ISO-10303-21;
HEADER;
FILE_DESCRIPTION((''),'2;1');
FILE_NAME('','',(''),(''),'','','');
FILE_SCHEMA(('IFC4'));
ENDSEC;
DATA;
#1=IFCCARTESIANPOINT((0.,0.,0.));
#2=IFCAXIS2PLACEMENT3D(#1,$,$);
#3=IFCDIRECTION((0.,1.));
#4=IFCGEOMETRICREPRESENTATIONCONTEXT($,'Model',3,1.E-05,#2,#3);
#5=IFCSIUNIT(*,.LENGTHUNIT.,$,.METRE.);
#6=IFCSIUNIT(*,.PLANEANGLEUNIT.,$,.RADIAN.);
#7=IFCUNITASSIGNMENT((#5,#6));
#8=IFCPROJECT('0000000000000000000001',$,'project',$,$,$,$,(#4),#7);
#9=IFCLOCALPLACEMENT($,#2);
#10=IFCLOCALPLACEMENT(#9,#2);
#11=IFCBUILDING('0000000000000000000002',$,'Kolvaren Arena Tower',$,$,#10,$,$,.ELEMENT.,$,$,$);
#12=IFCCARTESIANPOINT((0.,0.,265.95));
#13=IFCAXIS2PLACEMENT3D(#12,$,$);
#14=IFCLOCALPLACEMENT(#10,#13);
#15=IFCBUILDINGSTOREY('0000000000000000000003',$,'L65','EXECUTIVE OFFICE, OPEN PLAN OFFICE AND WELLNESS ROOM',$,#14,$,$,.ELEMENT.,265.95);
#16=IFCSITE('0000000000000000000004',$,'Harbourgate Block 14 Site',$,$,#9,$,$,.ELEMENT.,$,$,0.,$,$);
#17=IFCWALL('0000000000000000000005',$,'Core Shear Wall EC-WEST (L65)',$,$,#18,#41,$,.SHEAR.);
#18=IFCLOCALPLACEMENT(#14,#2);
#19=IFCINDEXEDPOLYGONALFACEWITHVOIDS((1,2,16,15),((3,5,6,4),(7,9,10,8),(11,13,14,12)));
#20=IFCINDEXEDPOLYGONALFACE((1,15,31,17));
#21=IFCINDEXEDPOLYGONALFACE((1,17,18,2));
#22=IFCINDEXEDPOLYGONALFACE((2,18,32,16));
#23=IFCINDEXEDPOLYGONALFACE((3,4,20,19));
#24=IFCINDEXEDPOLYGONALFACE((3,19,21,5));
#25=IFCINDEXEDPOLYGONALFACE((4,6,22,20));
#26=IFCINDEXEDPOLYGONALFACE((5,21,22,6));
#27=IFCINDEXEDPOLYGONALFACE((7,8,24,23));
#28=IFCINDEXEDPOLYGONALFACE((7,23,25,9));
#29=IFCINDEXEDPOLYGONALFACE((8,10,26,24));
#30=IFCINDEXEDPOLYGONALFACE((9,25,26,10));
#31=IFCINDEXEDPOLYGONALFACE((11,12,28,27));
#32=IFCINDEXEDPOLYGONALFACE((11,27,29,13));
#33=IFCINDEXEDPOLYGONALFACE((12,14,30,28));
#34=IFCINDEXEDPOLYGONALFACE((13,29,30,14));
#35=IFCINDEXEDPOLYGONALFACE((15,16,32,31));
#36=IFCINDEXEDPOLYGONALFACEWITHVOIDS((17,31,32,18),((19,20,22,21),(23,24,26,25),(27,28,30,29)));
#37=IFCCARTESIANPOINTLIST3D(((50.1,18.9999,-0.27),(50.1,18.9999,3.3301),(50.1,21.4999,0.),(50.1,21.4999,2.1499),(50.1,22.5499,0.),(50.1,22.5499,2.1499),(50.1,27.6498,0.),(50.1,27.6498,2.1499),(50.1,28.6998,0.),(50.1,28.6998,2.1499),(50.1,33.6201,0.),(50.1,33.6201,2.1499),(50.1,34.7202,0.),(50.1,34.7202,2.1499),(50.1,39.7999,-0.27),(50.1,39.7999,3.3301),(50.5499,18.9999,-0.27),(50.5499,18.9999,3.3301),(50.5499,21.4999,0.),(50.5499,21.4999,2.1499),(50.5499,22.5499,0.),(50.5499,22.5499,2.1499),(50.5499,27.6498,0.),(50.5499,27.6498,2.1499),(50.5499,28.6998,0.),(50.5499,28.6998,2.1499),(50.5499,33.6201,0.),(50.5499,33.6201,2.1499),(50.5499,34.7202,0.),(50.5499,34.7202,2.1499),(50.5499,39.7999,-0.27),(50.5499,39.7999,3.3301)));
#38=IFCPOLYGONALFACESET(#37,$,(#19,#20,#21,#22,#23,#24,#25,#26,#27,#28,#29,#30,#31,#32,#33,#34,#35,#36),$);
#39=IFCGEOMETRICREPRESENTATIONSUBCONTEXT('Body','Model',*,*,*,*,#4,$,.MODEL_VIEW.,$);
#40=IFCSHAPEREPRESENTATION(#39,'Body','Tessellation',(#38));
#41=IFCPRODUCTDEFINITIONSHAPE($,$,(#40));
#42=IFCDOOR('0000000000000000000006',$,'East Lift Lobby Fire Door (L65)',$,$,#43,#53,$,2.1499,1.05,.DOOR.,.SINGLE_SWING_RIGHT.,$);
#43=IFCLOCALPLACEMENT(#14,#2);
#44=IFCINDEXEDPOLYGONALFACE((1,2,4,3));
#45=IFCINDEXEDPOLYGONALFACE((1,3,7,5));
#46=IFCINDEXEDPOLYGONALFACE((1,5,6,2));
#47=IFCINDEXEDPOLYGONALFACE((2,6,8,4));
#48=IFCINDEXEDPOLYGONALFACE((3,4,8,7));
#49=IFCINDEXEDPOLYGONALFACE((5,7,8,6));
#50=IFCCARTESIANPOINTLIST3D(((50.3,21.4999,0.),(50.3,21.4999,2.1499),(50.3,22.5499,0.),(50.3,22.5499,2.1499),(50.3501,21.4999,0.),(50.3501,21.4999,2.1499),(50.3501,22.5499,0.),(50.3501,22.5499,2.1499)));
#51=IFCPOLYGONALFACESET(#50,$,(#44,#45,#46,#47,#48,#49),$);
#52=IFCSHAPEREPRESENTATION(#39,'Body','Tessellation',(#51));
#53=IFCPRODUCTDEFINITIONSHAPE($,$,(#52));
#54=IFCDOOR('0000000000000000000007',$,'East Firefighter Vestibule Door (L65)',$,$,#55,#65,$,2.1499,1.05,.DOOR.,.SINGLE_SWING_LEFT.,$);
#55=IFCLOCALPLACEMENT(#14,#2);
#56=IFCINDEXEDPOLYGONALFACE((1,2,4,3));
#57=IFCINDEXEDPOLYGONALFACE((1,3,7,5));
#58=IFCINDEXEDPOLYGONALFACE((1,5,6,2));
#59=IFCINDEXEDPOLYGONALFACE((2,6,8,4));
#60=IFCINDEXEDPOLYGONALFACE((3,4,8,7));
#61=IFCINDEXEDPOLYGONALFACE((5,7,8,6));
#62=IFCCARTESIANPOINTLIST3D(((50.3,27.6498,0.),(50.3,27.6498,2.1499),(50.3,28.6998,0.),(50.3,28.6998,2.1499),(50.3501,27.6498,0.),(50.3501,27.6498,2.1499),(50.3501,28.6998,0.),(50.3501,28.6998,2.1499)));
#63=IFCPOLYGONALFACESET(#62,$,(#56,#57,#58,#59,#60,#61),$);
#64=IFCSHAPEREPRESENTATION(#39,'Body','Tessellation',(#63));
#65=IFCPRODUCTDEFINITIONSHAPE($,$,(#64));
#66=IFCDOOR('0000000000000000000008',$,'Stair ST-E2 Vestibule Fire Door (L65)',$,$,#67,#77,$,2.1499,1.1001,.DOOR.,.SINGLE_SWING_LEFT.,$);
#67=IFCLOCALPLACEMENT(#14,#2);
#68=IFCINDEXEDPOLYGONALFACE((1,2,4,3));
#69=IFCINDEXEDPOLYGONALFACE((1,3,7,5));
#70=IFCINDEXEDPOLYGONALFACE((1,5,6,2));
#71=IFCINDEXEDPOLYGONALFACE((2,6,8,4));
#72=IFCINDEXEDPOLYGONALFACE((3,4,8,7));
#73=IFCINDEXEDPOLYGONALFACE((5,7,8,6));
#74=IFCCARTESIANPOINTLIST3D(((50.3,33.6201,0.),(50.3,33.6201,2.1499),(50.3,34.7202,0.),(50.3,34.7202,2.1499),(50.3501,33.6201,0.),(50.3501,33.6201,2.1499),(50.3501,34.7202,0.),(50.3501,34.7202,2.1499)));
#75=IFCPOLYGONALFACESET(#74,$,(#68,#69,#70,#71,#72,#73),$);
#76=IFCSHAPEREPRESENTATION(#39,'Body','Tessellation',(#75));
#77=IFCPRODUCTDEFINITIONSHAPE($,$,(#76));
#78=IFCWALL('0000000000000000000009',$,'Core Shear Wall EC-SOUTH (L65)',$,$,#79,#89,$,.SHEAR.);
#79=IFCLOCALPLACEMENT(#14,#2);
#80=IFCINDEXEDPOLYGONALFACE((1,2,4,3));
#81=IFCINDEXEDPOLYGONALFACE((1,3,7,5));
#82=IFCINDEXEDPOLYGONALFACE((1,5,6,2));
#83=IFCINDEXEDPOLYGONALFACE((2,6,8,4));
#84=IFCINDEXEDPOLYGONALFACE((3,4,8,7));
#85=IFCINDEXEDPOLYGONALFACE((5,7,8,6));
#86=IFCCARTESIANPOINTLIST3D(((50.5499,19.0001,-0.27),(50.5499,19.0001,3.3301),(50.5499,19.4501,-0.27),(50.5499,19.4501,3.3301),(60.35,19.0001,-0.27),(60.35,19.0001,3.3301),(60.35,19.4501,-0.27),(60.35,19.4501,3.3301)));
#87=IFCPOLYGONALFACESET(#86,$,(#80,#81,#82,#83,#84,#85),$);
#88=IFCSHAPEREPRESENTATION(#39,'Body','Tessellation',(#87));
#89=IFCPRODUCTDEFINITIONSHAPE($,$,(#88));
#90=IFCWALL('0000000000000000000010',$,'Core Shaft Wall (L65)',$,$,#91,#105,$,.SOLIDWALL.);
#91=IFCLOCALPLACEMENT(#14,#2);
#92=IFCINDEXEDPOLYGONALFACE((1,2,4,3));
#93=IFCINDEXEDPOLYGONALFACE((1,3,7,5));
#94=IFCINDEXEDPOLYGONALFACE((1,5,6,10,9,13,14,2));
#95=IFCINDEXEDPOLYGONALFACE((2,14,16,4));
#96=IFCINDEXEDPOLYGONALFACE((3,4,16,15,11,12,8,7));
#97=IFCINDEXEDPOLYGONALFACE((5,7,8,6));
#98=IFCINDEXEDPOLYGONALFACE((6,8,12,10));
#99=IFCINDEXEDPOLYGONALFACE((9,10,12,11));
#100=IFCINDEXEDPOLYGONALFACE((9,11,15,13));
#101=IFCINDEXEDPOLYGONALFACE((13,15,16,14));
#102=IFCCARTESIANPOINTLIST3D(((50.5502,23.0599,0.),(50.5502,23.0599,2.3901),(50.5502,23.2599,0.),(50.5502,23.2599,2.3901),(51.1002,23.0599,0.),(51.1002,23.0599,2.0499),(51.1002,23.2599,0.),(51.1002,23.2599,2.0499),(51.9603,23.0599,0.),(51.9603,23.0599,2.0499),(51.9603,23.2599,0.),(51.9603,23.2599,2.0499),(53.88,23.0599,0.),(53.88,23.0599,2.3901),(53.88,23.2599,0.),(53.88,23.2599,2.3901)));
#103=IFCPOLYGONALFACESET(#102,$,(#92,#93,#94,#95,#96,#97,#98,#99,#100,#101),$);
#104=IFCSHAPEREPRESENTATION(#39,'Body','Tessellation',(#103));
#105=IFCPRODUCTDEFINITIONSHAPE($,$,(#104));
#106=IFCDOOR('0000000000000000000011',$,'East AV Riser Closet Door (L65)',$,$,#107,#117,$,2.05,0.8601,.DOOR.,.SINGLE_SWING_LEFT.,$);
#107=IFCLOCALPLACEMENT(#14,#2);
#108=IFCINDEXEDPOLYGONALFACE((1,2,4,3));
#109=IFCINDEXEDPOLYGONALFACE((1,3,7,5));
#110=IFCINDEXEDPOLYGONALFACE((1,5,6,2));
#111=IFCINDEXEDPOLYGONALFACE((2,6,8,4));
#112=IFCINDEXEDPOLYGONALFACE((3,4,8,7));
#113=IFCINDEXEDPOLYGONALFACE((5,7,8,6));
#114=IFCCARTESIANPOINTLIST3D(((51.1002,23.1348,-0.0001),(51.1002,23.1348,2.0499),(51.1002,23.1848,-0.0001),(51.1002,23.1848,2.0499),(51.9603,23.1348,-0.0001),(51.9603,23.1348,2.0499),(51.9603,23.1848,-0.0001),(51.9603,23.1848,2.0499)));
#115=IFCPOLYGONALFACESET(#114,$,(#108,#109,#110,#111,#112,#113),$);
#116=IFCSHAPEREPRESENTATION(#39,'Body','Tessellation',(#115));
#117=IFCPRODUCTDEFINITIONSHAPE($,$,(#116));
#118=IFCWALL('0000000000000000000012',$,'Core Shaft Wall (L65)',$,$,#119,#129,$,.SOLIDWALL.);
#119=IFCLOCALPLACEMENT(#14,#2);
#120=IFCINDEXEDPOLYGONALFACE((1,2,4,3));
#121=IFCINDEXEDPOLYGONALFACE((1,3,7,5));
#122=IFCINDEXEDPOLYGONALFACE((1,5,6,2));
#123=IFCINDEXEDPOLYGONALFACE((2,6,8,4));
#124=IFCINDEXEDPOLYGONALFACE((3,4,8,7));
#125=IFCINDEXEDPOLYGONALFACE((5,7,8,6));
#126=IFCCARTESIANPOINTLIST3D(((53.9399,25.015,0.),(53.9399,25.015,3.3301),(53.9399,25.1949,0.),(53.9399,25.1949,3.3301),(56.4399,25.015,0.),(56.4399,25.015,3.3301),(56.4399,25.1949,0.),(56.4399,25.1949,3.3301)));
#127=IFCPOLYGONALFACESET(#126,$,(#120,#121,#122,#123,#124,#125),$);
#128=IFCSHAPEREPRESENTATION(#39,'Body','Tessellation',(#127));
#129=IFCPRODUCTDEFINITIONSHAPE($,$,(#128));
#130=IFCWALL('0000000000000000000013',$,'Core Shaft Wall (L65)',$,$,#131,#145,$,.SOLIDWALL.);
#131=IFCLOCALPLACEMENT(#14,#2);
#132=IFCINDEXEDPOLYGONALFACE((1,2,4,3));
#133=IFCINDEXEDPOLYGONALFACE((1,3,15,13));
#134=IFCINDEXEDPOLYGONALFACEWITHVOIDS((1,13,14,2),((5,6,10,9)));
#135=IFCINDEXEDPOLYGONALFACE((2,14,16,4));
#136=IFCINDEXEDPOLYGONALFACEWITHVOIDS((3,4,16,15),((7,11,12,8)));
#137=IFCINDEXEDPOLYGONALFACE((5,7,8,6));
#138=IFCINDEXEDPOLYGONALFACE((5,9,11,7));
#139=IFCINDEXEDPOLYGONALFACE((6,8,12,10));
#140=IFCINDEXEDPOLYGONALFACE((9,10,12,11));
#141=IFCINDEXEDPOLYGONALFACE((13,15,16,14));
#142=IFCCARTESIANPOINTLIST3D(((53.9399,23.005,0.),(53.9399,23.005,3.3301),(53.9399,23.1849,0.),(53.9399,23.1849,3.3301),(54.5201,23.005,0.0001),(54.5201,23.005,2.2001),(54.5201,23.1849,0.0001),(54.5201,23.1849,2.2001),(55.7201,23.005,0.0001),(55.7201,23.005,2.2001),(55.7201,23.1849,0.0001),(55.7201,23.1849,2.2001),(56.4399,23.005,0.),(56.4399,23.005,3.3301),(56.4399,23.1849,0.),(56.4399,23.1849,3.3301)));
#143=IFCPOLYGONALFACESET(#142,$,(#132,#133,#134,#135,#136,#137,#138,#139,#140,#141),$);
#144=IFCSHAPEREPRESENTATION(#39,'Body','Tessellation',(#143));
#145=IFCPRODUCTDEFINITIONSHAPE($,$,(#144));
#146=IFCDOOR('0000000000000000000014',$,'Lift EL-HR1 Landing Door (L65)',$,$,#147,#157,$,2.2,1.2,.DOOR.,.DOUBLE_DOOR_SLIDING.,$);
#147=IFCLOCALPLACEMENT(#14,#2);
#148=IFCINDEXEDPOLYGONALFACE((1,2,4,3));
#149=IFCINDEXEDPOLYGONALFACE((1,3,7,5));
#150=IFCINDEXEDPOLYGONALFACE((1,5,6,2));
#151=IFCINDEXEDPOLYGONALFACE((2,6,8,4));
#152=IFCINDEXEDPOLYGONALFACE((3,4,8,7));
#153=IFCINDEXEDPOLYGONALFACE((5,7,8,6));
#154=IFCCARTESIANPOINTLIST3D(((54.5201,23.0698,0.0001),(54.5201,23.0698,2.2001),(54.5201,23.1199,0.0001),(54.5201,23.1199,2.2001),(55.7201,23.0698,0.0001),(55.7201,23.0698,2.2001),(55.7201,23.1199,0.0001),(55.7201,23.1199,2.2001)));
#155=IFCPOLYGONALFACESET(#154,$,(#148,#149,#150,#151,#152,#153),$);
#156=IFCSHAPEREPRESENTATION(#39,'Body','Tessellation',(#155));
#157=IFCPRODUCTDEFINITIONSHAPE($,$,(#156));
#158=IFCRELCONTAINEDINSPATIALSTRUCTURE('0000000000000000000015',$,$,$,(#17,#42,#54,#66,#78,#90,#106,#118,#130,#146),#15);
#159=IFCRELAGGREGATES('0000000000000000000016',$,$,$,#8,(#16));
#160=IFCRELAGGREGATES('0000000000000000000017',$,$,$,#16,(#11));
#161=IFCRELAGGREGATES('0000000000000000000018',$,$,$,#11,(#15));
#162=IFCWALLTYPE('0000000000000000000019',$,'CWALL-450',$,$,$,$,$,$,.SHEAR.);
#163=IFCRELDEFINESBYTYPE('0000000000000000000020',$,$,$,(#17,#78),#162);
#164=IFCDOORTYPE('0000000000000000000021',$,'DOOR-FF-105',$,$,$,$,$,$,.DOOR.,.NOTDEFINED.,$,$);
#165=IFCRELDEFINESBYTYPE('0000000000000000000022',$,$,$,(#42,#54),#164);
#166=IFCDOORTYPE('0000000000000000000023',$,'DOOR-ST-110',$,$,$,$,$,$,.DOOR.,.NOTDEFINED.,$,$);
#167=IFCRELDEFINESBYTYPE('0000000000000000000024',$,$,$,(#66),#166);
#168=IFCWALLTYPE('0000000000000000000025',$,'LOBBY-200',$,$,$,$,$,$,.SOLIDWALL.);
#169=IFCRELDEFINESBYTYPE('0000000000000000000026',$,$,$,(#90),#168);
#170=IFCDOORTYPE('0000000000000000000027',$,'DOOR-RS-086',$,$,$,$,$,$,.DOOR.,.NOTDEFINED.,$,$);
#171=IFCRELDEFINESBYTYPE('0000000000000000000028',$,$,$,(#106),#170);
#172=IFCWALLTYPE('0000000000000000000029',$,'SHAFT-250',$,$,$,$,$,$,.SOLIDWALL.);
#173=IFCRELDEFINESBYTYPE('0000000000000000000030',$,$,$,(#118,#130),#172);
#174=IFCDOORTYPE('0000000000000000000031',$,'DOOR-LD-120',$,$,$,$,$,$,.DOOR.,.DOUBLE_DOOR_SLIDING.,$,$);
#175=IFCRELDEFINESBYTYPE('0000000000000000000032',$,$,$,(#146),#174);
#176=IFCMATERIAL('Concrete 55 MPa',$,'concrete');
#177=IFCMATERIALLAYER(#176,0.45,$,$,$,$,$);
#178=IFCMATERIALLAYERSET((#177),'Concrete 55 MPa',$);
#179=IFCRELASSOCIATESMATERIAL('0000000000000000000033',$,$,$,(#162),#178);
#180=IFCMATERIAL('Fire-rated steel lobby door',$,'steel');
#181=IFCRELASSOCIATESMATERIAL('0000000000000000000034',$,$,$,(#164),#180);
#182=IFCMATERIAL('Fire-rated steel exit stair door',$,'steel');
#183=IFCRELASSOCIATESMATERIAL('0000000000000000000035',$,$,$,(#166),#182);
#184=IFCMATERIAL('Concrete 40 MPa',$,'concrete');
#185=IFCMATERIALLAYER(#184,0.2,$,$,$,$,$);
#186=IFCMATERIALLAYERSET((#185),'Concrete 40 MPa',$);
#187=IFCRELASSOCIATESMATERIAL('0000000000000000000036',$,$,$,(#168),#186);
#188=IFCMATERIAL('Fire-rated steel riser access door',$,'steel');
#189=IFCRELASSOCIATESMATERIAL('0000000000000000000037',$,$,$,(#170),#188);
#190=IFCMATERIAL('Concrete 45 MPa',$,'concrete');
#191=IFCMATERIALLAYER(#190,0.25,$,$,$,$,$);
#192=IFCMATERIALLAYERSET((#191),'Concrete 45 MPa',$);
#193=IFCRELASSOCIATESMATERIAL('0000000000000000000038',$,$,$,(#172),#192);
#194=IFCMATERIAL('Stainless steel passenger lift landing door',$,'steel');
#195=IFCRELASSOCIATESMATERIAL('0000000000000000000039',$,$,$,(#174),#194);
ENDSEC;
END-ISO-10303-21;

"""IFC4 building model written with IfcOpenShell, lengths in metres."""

from ifc_helpers import new_model, si_unit, direction, frame, frame_2d, origin, place, context, subcontext, project, spatial, rectangle, extrude, material, layer, layer_set, type_object, element, fill, save


model = new_model("IFC4")

# Units and contexts
model_context = context("Model", 3, precision=1e-05, world=origin(), true_north=direction((0.0, 1.0)))
body_context = subcontext(model_context, "Body", "Model", "MODEL_VIEW")
ifc_project = project(units=[si_unit("LENGTHUNIT", "METRE"), si_unit("PLANEANGLEUNIT", "RADIAN")], contexts=[model_context])

# Site, building, storey
site_placement = place(None, origin())
site = spatial("IfcSite", under=ifc_project, at=site_placement, Name="Harbourgate Block 14 Site", CompositionType="ELEMENT", RefElevation=0.0)
building_placement = place(site_placement, origin())
building = spatial("IfcBuilding", under=site, at=building_placement, Name="Kolvaren Arena Tower", CompositionType="ELEMENT")
storey_placement = place(building_placement, frame((0.0, 0.0, 265.95)))
storey = spatial("IfcBuildingStorey", under=building, at=storey_placement, Name="L65", Description="EXECUTIVE OFFICE, OPEN PLAN OFFICE AND WELLNESS ROOM", CompositionType="ELEMENT", Elevation=265.95)

# Wall, openings, doors
ifc_material_1 = material(Name="Concrete 55 MPa", Category="concrete")
ifc_layer_1 = layer(ifc_material_1, 0.45)
ifc_layer_set_1 = layer_set([ifc_layer_1], Name="Concrete 55 MPa")
wall_type_1 = type_object("IfcWallType", Name="CWALL-450", PredefinedType="SHEAR", material=ifc_layer_set_1)
wall_1_placement = place(storey_placement, frame((50.325, 19.0, -0.27), z_axis=(0.0, 0.0, 1.0), x_axis=(0.0, 1.0, 0.0)))
wall_1 = element("IfcWall", 1, at=wall_1_placement, inside=storey, type_object=wall_type_1, Name="Core Shear Wall EC-WEST (L65)", PredefinedType="SHEAR", context=body_context, shape_type="SweptSolid", body=[
    extrude(rectangle(XDim=20.8, YDim=0.45, at=frame_2d((10.3999, 0.0))), origin(), (0.0, 0.0, 1.0), 3.6001),
])
opening_1_placement = place(wall_1_placement, frame((2.5, 0.0, 0.27)))
opening_1 = element("IfcOpeningElement", 2, at=opening_1_placement, cuts=wall_1, PredefinedType="OPENING", context=body_context, shape_type="SweptSolid", body=[
    extrude(rectangle(XDim=1.05, YDim=2.1499, at=frame_2d((0.5249, 1.075))), frame((0.0, 0.2349, 0.0), z_axis=(0.0, -1.0, 0.0), x_axis=(1.0, 0.0, 0.0)), (0.0, 0.0, 1.0), 0.47),
])
opening_2_placement = place(wall_1_placement, frame((8.6499, 0.0, 0.27)))
opening_2 = element("IfcOpeningElement", 3, at=opening_2_placement, cuts=wall_1, PredefinedType="OPENING", context=body_context, shape_type="SweptSolid", body=[
    extrude(rectangle(XDim=1.05, YDim=2.1499, at=frame_2d((0.5249, 1.075))), frame((0.0, 0.2349, 0.0), z_axis=(0.0, -1.0, 0.0), x_axis=(1.0, 0.0, 0.0)), (0.0, 0.0, 1.0), 0.47),
])
opening_3_placement = place(wall_1_placement, frame((14.6201, 0.0, 0.27)))
opening_3 = element("IfcOpeningElement", 4, at=opening_3_placement, cuts=wall_1, PredefinedType="OPENING", context=body_context, shape_type="SweptSolid", body=[
    extrude(rectangle(XDim=1.1001, YDim=2.1499, at=frame_2d((0.55, 1.075))), frame((0.0, 0.2349, 0.0), z_axis=(0.0, -1.0, 0.0), x_axis=(1.0, 0.0, 0.0)), (0.0, 0.0, 1.0), 0.47),
])
ifc_material_2 = material(Name="Fire-rated steel lobby door", Category="steel")
door_type_1 = type_object("IfcDoorType", Name="DOOR-FF-105", OperationType="NOTDEFINED", PredefinedType="DOOR", material=ifc_material_2)
door_1_placement = place(opening_1_placement, origin())
door_1 = element("IfcDoor", 5, at=door_1_placement, inside=storey, type_object=door_type_1, Name="East Lift Lobby Fire Door (L65)", OperationType="SINGLE_SWING_RIGHT", OverallHeight=2.1499, OverallWidth=1.05, PredefinedType="DOOR", context=body_context, shape_type="SweptSolid", body=[
    extrude(rectangle(XDim=1.05, YDim=2.1499, at=frame_2d((0.5249, 1.075))), frame((0.0, 0.0249, 0.0), z_axis=(0.0, -1.0, 0.0), x_axis=(1.0, 0.0, 0.0)), (0.0, 0.0, 1.0), 0.05),
])
fill(opening_1, door_1)
door_2_placement = place(opening_2_placement, origin())
door_2 = element("IfcDoor", 6, at=door_2_placement, inside=storey, type_object=door_type_1, Name="East Firefighter Vestibule Door (L65)", OperationType="SINGLE_SWING_LEFT", OverallHeight=2.1499, OverallWidth=1.05, PredefinedType="DOOR", context=body_context, shape_type="SweptSolid", body=[
    extrude(rectangle(XDim=1.05, YDim=2.1499, at=frame_2d((0.5249, 1.075))), frame((0.0, 0.0249, 0.0), z_axis=(0.0, -1.0, 0.0), x_axis=(1.0, 0.0, 0.0)), (0.0, 0.0, 1.0), 0.05),
])
fill(opening_2, door_2)
ifc_material_3 = material(Name="Fire-rated steel exit stair door", Category="steel")
door_type_2 = type_object("IfcDoorType", Name="DOOR-ST-110", OperationType="NOTDEFINED", PredefinedType="DOOR", material=ifc_material_3)
door_3_placement = place(opening_3_placement, origin())
door_3 = element("IfcDoor", 7, at=door_3_placement, inside=storey, type_object=door_type_2, Name="Stair ST-E2 Vestibule Fire Door (L65)", OperationType="SINGLE_SWING_LEFT", OverallHeight=2.1499, OverallWidth=1.1001, PredefinedType="DOOR", context=body_context, shape_type="SweptSolid", body=[
    extrude(rectangle(XDim=1.1001, YDim=2.1499, at=frame_2d((0.55, 1.075))), frame((0.0, 0.0249, 0.0), z_axis=(0.0, -1.0, 0.0), x_axis=(1.0, 0.0, 0.0)), (0.0, 0.0, 1.0), 0.05),
])
fill(opening_3, door_3)

# Wall
wall_2_placement = place(storey_placement, frame((50.55, 19.2251, -0.27), z_axis=(0.0, 0.0, 1.0), x_axis=(1.0, 0.0, 0.0)))
element("IfcWall", 8, at=wall_2_placement, inside=storey, type_object=wall_type_1, Name="Core Shear Wall EC-SOUTH (L65)", PredefinedType="SHEAR", context=body_context, shape_type="SweptSolid", body=[
    extrude(rectangle(XDim=9.8, YDim=0.45, at=frame_2d((4.8999, 0.0))), origin(), (0.0, 0.0, 1.0), 3.6001),
])

# Shared definitions
ifc_material_4 = material(Name="Concrete 40 MPa", Category="concrete")
ifc_layer_2 = layer(ifc_material_4, 0.2)
ifc_layer_set_2 = layer_set([ifc_layer_2], Name="Concrete 40 MPa")
wall_type_2 = type_object("IfcWallType", Name="LOBBY-200", PredefinedType="SOLIDWALL", material=ifc_layer_set_2)

# Wall, opening, door
wall_3_placement = place(storey_placement, frame((50.55, 23.1599, 0.0), z_axis=(0.0, 0.0, 1.0), x_axis=(1.0, 0.0, 0.0)))
wall_3 = element("IfcWall", 9, at=wall_3_placement, inside=storey, type_object=wall_type_2, Name="Core Shaft Wall (L65)", PredefinedType="SOLIDWALL", context=body_context, shape_type="SweptSolid", body=[
    extrude(rectangle(XDim=3.3298, YDim=0.2, at=frame_2d((1.665, 0.0))), origin(), (0.0, 0.0, 1.0), 2.3901),
])
opening_4_placement = place(wall_3_placement, frame((0.55, 0.0, 0.0)))
opening_4 = element("IfcOpeningElement", 10, at=opening_4_placement, cuts=wall_3, PredefinedType="OPENING", context=body_context, shape_type="SweptSolid", body=[
    extrude(rectangle(XDim=0.8601, YDim=2.05, at=frame_2d((0.4302, 1.0249))), frame((0.0, 0.1099, 0.0), z_axis=(0.0, -1.0, 0.0), x_axis=(1.0, 0.0, 0.0)), (0.0, 0.0, 1.0), 0.22),
])
ifc_material_5 = material(Name="Fire-rated steel riser access door", Category="steel")
door_type_3 = type_object("IfcDoorType", Name="DOOR-RS-086", OperationType="NOTDEFINED", PredefinedType="DOOR", material=ifc_material_5)
door_4_placement = place(opening_4_placement, origin())
door_4 = element("IfcDoor", 11, at=door_4_placement, inside=storey, type_object=door_type_3, Name="East AV Riser Closet Door (L65)", OperationType="SINGLE_SWING_LEFT", OverallHeight=2.05, OverallWidth=0.8601, PredefinedType="DOOR", context=body_context, shape_type="SweptSolid", body=[
    extrude(rectangle(XDim=0.8601, YDim=2.05, at=frame_2d((0.4302, 1.0249))), frame((0.0, 0.0249, 0.0), z_axis=(0.0, -1.0, 0.0), x_axis=(1.0, 0.0, 0.0)), (0.0, 0.0, 1.0), 0.05),
])
fill(opening_4, door_4)

# Wall
ifc_material_6 = material(Name="Concrete 45 MPa", Category="concrete")
ifc_layer_3 = layer(ifc_material_6, 0.25)
ifc_layer_set_3 = layer_set([ifc_layer_3], Name="Concrete 45 MPa")
wall_type_3 = type_object("IfcWallType", Name="SHAFT-250", PredefinedType="SOLIDWALL", material=ifc_layer_set_3)
wall_4_placement = place(storey_placement, frame((53.9399, 25.105, 0.0), z_axis=(0.0, 0.0, 1.0), x_axis=(1.0, 0.0, 0.0)))
element("IfcWall", 12, at=wall_4_placement, inside=storey, type_object=wall_type_3, Name="Core Shaft Wall (L65)", PredefinedType="SOLIDWALL", context=body_context, shape_type="SweptSolid", body=[
    extrude(rectangle(XDim=2.5, YDim=0.1799, at=frame_2d((1.25, 0.0))), origin(), (0.0, 0.0, 1.0), 3.3301),
])

# Wall, opening, door
wall_5_placement = place(storey_placement, frame((53.9399, 23.095, 0.0), z_axis=(0.0, 0.0, 1.0), x_axis=(1.0, 0.0, 0.0)))
wall_5 = element("IfcWall", 13, at=wall_5_placement, inside=storey, type_object=wall_type_3, Name="Core Shaft Wall (L65)", PredefinedType="SOLIDWALL", context=body_context, shape_type="SweptSolid", body=[
    extrude(rectangle(XDim=2.5, YDim=0.1799, at=frame_2d((1.25, 0.0))), origin(), (0.0, 0.0, 1.0), 3.3301),
])
opening_5_placement = place(wall_5_placement, frame((0.5801, 0.0, 0.0)))
opening_5 = element("IfcOpeningElement", 14, at=opening_5_placement, cuts=wall_5, PredefinedType="OPENING", context=body_context, shape_type="SweptSolid", body=[
    extrude(rectangle(XDim=1.2, YDim=2.2, at=frame_2d((0.6001, 1.1001))), frame((0.0, 0.0999, 0.0), z_axis=(0.0, -1.0, 0.0), x_axis=(1.0, 0.0, 0.0)), (0.0, 0.0, 1.0), 0.2),
])
ifc_material_7 = material(Name="Stainless steel passenger lift landing door", Category="steel")
door_type_4 = type_object("IfcDoorType", Name="DOOR-LD-120", OperationType="DOUBLE_DOOR_SLIDING", PredefinedType="DOOR", material=ifc_material_7)
door_5_placement = place(opening_5_placement, origin())
door_5 = element("IfcDoor", 15, at=door_5_placement, inside=storey, type_object=door_type_4, Name="Lift EL-HR1 Landing Door (L65)", OperationType="DOUBLE_DOOR_SLIDING", OverallHeight=2.2, OverallWidth=1.2, PredefinedType="DOOR", context=body_context, shape_type="SweptSolid", body=[
    extrude(rectangle(XDim=1.2, YDim=2.2, at=frame_2d((0.6001, 1.1001))), frame((0.0, 0.0249, 0.0), z_axis=(0.0, -1.0, 0.0), x_axis=(1.0, 0.0, 0.0)), (0.0, 0.0, 1.0), 0.05),
])
fill(opening_5, door_5)

save(model, "model.ifc")
